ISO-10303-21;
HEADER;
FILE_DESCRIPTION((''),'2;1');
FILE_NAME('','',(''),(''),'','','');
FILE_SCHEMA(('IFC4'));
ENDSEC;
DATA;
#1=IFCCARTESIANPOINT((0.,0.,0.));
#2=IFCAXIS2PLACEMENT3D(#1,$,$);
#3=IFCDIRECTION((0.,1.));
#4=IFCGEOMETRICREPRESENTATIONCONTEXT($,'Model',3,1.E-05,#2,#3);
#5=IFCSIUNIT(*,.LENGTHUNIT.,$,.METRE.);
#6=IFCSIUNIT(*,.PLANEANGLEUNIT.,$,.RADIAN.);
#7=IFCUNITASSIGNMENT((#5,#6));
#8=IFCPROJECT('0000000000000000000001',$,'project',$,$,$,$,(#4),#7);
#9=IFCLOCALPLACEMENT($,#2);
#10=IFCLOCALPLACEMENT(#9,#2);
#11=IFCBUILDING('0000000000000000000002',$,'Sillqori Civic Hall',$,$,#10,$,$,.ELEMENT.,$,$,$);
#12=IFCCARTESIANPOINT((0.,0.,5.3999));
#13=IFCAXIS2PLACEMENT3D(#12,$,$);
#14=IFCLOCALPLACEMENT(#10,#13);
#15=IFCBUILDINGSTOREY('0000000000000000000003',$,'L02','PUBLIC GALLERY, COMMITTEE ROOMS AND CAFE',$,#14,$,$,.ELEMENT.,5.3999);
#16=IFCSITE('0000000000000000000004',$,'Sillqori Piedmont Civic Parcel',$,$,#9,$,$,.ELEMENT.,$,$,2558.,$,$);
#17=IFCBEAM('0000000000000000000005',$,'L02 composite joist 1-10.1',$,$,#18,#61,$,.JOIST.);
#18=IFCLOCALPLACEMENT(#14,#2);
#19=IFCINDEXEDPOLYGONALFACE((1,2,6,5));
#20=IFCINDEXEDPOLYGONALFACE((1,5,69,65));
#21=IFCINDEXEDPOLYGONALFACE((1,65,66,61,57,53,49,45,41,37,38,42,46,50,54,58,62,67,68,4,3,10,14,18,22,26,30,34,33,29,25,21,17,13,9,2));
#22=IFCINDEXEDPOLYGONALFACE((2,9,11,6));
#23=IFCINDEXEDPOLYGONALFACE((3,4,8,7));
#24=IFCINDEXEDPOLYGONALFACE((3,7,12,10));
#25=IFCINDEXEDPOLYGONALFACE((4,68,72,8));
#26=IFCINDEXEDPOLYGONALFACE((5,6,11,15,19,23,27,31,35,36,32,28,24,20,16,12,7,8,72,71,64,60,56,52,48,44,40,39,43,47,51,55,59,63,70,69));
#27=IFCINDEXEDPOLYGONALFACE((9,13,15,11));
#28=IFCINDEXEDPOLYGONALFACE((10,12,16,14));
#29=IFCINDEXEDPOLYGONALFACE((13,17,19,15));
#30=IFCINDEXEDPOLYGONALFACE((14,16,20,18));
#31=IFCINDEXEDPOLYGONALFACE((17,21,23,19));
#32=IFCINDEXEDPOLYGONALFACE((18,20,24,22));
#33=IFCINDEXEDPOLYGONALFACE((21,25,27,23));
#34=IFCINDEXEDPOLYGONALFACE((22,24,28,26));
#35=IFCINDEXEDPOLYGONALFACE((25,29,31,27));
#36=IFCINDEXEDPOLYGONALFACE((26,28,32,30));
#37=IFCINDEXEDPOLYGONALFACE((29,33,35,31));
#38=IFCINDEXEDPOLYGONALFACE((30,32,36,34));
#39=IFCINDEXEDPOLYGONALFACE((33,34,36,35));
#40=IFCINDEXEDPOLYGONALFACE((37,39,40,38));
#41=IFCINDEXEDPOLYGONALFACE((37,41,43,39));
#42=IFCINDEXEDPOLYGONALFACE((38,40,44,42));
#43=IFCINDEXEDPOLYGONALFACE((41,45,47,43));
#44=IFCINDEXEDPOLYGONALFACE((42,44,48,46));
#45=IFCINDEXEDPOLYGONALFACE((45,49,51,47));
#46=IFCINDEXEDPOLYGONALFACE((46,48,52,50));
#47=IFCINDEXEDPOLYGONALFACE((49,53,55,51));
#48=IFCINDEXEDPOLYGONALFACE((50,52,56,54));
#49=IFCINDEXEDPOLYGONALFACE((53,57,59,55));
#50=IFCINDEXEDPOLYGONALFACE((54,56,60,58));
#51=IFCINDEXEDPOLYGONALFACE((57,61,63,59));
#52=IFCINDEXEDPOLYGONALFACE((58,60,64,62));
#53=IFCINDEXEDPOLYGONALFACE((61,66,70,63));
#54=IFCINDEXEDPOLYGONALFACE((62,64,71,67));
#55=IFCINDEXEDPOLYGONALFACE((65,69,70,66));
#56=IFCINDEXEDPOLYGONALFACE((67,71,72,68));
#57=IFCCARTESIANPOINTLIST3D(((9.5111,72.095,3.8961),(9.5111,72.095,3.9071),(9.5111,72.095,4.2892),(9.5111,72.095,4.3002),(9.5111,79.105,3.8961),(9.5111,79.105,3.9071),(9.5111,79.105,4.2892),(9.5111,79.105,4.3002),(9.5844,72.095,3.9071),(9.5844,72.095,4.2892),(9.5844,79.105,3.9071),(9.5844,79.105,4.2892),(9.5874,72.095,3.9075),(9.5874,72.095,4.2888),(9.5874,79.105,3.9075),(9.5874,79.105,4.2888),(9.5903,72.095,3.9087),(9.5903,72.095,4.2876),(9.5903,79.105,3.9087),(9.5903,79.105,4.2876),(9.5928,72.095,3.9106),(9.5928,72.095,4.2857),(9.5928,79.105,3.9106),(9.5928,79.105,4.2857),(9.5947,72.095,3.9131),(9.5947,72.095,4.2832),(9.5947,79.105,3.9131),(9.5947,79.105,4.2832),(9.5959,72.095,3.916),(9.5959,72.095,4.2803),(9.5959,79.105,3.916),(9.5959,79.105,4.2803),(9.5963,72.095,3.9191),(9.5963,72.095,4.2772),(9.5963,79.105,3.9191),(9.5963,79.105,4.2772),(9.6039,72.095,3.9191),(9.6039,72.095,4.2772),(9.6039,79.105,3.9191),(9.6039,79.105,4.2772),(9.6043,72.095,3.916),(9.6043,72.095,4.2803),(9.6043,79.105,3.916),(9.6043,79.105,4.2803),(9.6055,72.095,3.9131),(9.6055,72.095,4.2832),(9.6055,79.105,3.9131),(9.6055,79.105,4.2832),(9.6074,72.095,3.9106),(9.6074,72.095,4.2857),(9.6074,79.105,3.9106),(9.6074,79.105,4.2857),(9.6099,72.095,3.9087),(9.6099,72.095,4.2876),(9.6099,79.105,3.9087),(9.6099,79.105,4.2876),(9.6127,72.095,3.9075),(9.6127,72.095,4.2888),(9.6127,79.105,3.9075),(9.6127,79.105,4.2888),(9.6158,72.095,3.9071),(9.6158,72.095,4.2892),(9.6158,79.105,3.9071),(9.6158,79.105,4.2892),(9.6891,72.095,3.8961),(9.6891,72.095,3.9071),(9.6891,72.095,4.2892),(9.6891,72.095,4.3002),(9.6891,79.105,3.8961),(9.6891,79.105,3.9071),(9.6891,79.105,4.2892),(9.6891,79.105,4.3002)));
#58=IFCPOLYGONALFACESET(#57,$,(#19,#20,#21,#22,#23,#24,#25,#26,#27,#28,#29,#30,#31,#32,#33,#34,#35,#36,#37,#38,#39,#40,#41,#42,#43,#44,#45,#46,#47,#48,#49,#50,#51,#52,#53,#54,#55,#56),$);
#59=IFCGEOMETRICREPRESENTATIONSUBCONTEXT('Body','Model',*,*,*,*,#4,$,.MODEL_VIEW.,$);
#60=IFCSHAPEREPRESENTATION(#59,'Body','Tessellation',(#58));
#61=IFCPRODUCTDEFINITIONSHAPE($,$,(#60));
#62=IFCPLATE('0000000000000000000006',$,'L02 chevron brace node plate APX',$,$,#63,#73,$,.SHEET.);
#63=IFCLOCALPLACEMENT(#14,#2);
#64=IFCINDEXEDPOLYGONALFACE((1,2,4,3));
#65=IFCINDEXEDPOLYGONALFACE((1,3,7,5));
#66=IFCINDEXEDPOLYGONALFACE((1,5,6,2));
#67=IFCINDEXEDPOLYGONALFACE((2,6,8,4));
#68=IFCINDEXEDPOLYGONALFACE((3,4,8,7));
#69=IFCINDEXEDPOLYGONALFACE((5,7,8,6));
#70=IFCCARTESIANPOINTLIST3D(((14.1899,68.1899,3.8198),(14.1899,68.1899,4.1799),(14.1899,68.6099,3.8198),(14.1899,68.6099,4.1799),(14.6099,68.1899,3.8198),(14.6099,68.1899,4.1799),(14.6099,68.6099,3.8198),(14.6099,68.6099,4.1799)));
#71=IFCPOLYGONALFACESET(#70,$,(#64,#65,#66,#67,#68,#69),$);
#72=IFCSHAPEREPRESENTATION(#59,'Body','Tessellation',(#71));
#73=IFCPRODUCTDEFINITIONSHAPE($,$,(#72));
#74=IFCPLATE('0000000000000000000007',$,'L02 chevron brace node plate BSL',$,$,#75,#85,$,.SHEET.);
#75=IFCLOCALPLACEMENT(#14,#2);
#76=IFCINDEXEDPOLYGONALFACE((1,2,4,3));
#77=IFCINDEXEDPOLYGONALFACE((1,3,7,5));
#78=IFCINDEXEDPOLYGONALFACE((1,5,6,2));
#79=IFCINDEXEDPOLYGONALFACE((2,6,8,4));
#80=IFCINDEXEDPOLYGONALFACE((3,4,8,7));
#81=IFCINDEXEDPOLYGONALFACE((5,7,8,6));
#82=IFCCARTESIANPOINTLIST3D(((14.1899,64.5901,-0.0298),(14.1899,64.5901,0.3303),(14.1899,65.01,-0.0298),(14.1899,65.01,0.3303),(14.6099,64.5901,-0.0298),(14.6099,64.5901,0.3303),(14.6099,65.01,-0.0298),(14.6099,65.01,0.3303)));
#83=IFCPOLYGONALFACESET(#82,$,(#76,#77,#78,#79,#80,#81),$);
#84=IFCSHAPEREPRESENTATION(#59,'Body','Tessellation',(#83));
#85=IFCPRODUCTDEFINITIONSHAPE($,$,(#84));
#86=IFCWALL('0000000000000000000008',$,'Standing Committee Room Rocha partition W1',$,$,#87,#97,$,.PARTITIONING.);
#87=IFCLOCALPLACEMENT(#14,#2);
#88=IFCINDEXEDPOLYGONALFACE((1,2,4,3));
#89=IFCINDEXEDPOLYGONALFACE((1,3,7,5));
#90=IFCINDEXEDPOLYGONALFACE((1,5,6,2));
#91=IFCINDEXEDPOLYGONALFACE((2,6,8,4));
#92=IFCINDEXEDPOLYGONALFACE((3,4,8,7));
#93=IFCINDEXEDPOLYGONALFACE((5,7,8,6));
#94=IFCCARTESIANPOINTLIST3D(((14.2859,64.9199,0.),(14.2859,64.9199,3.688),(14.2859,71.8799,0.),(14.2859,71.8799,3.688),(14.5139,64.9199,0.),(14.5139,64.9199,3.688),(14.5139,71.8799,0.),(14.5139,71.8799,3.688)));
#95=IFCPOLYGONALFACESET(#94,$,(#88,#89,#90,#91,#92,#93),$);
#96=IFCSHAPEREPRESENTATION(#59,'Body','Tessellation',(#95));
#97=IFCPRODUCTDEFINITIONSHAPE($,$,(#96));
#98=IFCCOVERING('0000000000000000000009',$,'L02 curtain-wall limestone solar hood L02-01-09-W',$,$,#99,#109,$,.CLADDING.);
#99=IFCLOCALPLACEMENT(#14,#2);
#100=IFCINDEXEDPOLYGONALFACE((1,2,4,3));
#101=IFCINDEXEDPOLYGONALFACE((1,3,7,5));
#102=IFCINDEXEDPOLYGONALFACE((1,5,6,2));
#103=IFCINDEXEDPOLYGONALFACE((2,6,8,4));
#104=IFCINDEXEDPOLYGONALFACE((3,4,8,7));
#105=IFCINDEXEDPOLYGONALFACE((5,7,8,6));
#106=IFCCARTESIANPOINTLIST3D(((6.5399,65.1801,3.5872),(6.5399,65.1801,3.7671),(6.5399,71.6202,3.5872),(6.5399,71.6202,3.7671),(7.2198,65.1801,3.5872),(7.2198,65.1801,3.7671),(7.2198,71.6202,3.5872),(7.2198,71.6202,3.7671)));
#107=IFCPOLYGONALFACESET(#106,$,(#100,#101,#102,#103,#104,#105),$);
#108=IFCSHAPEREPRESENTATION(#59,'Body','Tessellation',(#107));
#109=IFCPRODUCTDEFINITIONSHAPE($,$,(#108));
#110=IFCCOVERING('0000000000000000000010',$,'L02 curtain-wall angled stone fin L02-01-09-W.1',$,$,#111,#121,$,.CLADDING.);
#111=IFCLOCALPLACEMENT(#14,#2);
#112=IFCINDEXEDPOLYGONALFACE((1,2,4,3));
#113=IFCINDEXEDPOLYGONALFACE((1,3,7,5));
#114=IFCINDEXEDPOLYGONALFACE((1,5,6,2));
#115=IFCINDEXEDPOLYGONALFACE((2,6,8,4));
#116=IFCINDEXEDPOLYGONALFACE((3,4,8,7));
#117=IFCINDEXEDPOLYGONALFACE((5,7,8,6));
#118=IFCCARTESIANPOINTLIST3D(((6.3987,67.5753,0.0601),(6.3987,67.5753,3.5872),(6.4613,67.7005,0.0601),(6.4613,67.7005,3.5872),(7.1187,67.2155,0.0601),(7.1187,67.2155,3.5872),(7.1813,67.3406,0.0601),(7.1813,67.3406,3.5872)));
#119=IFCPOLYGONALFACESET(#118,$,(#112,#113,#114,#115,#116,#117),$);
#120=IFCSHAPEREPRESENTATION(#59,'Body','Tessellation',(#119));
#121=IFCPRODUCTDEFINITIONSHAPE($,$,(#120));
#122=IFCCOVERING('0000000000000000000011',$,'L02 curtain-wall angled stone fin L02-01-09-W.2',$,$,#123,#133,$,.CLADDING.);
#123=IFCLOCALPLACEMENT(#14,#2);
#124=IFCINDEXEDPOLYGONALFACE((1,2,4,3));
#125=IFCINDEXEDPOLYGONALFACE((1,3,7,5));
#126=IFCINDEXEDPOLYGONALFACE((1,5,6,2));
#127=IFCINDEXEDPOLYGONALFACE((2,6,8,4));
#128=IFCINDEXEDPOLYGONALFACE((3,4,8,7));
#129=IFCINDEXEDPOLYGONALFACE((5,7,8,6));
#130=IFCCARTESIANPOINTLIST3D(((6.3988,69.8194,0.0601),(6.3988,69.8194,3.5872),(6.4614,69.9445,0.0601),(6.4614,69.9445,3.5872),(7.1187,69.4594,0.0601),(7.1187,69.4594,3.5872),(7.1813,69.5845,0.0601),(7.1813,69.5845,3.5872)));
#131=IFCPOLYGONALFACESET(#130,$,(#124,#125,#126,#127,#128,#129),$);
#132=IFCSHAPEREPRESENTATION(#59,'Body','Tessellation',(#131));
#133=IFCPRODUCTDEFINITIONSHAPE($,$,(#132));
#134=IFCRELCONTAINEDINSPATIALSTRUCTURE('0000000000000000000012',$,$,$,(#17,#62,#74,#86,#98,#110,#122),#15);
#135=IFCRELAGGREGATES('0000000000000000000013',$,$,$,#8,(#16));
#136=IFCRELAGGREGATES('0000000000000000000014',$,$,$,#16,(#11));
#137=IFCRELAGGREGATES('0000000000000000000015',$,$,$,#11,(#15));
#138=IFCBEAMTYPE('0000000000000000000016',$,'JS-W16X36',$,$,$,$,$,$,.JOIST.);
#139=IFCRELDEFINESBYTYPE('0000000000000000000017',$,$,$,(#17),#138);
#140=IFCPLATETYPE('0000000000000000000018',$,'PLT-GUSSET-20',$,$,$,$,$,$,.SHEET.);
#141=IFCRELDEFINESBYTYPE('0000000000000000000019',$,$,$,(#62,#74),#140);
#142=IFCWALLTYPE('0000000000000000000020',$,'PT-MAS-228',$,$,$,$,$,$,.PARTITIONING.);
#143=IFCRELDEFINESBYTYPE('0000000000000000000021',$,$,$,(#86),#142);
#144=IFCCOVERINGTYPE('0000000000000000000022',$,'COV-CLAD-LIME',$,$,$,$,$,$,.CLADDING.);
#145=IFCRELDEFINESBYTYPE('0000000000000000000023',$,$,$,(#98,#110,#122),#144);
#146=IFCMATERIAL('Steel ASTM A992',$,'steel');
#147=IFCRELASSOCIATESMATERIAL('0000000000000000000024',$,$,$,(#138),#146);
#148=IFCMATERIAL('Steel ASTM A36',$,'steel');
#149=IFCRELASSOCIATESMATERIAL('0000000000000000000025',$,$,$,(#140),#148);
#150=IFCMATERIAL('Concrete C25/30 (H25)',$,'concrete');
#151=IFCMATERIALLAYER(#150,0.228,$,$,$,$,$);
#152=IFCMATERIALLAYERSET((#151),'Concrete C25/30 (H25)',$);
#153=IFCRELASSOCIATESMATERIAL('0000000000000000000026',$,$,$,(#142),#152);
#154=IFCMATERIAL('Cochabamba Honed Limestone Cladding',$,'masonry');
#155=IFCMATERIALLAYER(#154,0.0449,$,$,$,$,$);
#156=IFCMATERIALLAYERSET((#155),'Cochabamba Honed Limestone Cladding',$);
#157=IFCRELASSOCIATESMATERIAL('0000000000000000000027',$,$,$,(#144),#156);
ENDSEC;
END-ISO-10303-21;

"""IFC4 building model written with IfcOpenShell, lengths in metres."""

from ifc_helpers import new_model, si_unit, direction, frame, frame_2d, origin, origin_2d, place, context, subcontext, project, spatial, rectangle, i_section, extrude, material, layer, layer_set, material_profile, profile_set, type_object, element, save


model = new_model("IFC4")

# Units and contexts
model_context = context("Model", 3, precision=1e-05, world=origin(), true_north=direction((0.0, 1.0)))
body_context = subcontext(model_context, "Body", "Model", "MODEL_VIEW")
ifc_project = project(units=[si_unit("LENGTHUNIT", "METRE"), si_unit("PLANEANGLEUNIT", "RADIAN")], contexts=[model_context])

# Site, building, storey
site_placement = place(None, origin())
site = spatial("IfcSite", under=ifc_project, at=site_placement, Name="Sillqori Piedmont Civic Parcel", CompositionType="ELEMENT", RefElevation=2558.0)
building_placement = place(site_placement, origin())
building = spatial("IfcBuilding", under=site, at=building_placement, Name="Sillqori Civic Hall", CompositionType="ELEMENT")
storey_placement = place(building_placement, frame((0.0, 0.0, 5.3999)))
storey = spatial("IfcBuildingStorey", under=building, at=storey_placement, Name="L02", Description="PUBLIC GALLERY, COMMITTEE ROOMS AND CAFE", CompositionType="ELEMENT", Elevation=5.3999)

# Shared definitions
ifc_material_1 = material(Name="Steel ASTM A992", Category="steel")

# Beam
ifc_material_profile_1 = material_profile(ifc_material_1, i_section(OverallWidth=0.178, OverallDepth=0.4041, WebThickness=0.0076, FlangeThickness=0.011, FilletRadius=0.012, at=origin_2d()), Name="W16X36")
ifc_profile_set_1 = profile_set([ifc_material_profile_1], Name="Steel ASTM A992")
beam_type_1 = type_object("IfcBeamType", Name="JS-W16X36", PredefinedType="JOIST", material=ifc_profile_set_1)
for number, where, z_axis, x_axis, name in (
    (1, (9.6001, 72.095, 4.0981), (0.0, 1.0, 0.0), (-1.0, 0.0, 0.0), "L02 composite joist 1-10.1"),
):
    element("IfcBeam", number, at=place(storey_placement, frame(where, z_axis=z_axis, x_axis=x_axis)), inside=storey, type_object=beam_type_1, Name=name, PredefinedType="JOIST", context=body_context, shape_type="SweptSolid", body=[
        extrude(i_section(OverallWidth=0.178, OverallDepth=0.4041, WebThickness=0.0076, FlangeThickness=0.011, FilletRadius=0.012, at=origin_2d()), origin(), (0.0, 0.0, 1.0), 7.01),
    ])

# Plates
ifc_material_2 = material(Name="Steel ASTM A36", Category="steel")
plate_type_1 = type_object("IfcPlateType", Name="PLT-GUSSET-20", PredefinedType="SHEET", material=ifc_material_2)
for number, where, z_axis, x_axis, name in (
    (2, (14.3999, 68.3999, 3.8198), (0.0, 0.0, 1.0), (1.0, 0.0, 0.0), "L02 chevron brace node plate APX"),
    (3, (14.3999, 64.8, -0.0298), (0.0, 0.0, 1.0), (1.0, 0.0, 0.0), "L02 chevron brace node plate BSL"),
):
    element("IfcPlate", number, at=place(storey_placement, frame(where, z_axis=z_axis, x_axis=x_axis)), inside=storey, type_object=plate_type_1, Name=name, PredefinedType="SHEET", context=body_context, shape_type="SweptSolid", body=[
        extrude(rectangle(XDim=0.4199, YDim=0.4199, at=origin_2d()), origin(), (0.0, 0.0, 1.0), 0.3601),
    ])

# Wall
ifc_material_3 = material(Name="Concrete C25/30 (H25)", Category="concrete")
ifc_layer_1 = layer(ifc_material_3, 0.228)
ifc_layer_set_1 = layer_set([ifc_layer_1], Name="Concrete C25/30 (H25)")
wall_type = type_object("IfcWallType", Name="PT-MAS-228", PredefinedType="PARTITIONING", material=ifc_layer_set_1)
wall_placement = place(storey_placement, frame((14.3999, 64.9199, 0.0), z_axis=(0.0, 0.0, 1.0), x_axis=(0.0, 1.0, 0.0)))
element("IfcWall", 4, at=wall_placement, inside=storey, type_object=wall_type, Name="Standing Committee Room Rocha partition W1", PredefinedType="PARTITIONING", context=body_context, shape_type="SweptSolid", body=[
    extrude(rectangle(XDim=6.96, YDim=0.228, at=frame_2d((3.48, 0.0))), origin(), (0.0, 0.0, 1.0), 3.688),
])

# Coverings
ifc_material_4 = material(Name="Cochabamba Honed Limestone Cladding", Category="masonry")
ifc_layer_2 = layer(ifc_material_4, 0.0449)
ifc_layer_set_2 = layer_set([ifc_layer_2], Name="Cochabamba Honed Limestone Cladding")
covering_type = type_object("IfcCoveringType", Name="COV-CLAD-LIME", PredefinedType="CLADDING", material=ifc_layer_set_2)
covering_placement = place(storey_placement, frame((6.8799, 65.1799, 3.5872), z_axis=(0.0, 0.0, 1.0), x_axis=(0.0, 1.0, 0.0)))
element("IfcCovering", 5, at=covering_placement, inside=storey, type_object=covering_type, Name="L02 curtain-wall limestone solar hood L02-01-09-W", PredefinedType="CLADDING", context=body_context, shape_type="SweptSolid", body=[
    extrude(rectangle(XDim=6.4402, YDim=0.6799, at=frame_2d((3.2202, 0.0))), origin(), (0.0, 0.0, 1.0), 0.1799),
])
for number, where, z_axis, x_axis, name in (
    (6, (7.1499, 67.2781, 0.0601), (0.0, 0.0, 1.0), (-0.894488, 0.447092, 0.0), "L02 curtain-wall angled stone fin L02-01-09-W.1"),
    (7, (7.1499, 69.522, 0.0601), (0.0, 0.0, 1.0), (-0.894367, 0.447335, 0.0), "L02 curtain-wall angled stone fin L02-01-09-W.2"),
):
    element("IfcCovering", number, at=place(storey_placement, frame(where, z_axis=z_axis, x_axis=x_axis)), inside=storey, type_object=covering_type, Name=name, PredefinedType="CLADDING", context=body_context, shape_type="SweptSolid", body=[
        extrude(rectangle(XDim=0.8049, YDim=0.1399, at=frame_2d((0.4023, 0.0))), origin(), (0.0, 0.0, 1.0), 3.5271),
    ])

save(model, "model.ifc")
